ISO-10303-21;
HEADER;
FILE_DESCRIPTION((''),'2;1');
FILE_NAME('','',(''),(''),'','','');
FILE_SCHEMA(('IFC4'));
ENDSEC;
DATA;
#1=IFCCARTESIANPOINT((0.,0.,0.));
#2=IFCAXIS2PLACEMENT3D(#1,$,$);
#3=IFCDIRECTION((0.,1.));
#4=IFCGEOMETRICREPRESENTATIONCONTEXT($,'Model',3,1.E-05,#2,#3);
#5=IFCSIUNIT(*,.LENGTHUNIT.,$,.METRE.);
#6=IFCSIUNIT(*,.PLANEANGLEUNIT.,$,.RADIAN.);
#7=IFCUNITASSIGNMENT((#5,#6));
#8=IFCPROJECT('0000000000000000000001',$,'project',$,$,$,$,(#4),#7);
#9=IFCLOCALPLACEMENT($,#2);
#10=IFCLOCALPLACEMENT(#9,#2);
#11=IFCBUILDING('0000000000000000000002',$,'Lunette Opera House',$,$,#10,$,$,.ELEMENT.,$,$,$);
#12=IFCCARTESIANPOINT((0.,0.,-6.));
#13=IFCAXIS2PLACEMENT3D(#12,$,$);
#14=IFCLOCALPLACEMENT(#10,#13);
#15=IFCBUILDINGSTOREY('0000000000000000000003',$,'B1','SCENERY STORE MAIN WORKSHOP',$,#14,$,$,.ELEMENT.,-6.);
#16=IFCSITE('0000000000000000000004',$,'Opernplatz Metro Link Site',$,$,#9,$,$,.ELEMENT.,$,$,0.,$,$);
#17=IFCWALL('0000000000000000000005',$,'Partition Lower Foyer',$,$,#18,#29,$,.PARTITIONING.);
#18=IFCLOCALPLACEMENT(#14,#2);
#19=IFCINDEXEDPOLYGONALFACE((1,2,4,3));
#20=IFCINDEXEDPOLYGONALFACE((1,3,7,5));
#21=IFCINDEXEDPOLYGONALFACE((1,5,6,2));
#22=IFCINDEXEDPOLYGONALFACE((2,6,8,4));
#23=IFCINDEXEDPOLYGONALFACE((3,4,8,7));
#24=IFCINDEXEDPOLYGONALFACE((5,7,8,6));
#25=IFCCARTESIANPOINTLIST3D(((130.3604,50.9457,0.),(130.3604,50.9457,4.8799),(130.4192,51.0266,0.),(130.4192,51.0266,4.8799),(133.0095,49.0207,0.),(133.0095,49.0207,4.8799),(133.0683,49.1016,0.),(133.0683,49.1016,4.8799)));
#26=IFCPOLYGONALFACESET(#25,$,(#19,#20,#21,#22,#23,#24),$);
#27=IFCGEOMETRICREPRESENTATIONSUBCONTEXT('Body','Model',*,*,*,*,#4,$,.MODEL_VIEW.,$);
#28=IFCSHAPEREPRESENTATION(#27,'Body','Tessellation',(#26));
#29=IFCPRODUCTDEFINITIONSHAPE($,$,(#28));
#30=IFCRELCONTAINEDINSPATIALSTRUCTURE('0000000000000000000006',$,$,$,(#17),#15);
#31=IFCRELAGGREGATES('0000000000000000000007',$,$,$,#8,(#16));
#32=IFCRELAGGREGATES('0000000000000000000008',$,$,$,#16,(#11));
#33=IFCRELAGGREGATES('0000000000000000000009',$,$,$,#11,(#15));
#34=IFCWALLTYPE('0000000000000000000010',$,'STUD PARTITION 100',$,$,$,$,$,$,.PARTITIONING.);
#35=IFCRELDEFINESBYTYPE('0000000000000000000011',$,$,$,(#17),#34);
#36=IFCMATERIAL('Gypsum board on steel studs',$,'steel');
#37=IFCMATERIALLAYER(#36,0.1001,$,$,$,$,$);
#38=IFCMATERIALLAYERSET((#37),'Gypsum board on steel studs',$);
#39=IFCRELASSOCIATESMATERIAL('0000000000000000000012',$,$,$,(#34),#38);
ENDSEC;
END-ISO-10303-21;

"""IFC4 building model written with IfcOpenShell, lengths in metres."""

from ifc_helpers import new_model, si_unit, direction, frame, frame_2d, origin, place, context, subcontext, project, spatial, rectangle, extrude, material, layer, layer_set, type_object, element, save


model = new_model("IFC4")

# Units and contexts
model_context = context("Model", 3, precision=1e-05, world=origin(), true_north=direction((0.0, 1.0)))
body_context = subcontext(model_context, "Body", "Model", "MODEL_VIEW")
ifc_project = project(units=[si_unit("LENGTHUNIT", "METRE"), si_unit("PLANEANGLEUNIT", "RADIAN")], contexts=[model_context])

# Site, building, storey
site_placement = place(None, origin())
site = spatial("IfcSite", under=ifc_project, at=site_placement, Name="Opernplatz Metro Link Site", CompositionType="ELEMENT", RefElevation=0.0)
building_placement = place(site_placement, origin())
building = spatial("IfcBuilding", under=site, at=building_placement, Name="Lunette Opera House", CompositionType="ELEMENT")
storey_placement = place(building_placement, frame((0.0, 0.0, -6.0)))
storey = spatial("IfcBuildingStorey", under=building, at=storey_placement, Name="B1", Description="SCENERY STORE MAIN WORKSHOP", CompositionType="ELEMENT", Elevation=-6.0)

# Shared definitions
ifc_material_1 = material(Name="Gypsum board on steel studs", Category="steel")
ifc_layer_1 = layer(ifc_material_1, 0.1001)
ifc_layer_set_1 = layer_set([ifc_layer_1], Name="Gypsum board on steel studs")
wall_type_1 = type_object("IfcWallType", Name="STUD PARTITION 100", PredefinedType="PARTITIONING", material=ifc_layer_set_1)

# Wall
wall_1_placement = place(storey_placement, frame((130.3899, 50.9861, 0.0), z_axis=(0.0, 0.0, 1.0), x_axis=(0.808971, -0.587848, 0.0)))
element("IfcWall", 1, at=wall_1_placement, inside=storey, type_object=wall_type_1, Name="Partition Lower Foyer", PredefinedType="PARTITIONING", context=body_context, shape_type="SweptSolid", body=[
    extrude(rectangle(XDim=3.2747, YDim=0.1001, at=frame_2d((1.6372, 0.0))), origin(), (0.0, 0.0, 1.0), 4.8799),
])

save(model, "model.ifc")
